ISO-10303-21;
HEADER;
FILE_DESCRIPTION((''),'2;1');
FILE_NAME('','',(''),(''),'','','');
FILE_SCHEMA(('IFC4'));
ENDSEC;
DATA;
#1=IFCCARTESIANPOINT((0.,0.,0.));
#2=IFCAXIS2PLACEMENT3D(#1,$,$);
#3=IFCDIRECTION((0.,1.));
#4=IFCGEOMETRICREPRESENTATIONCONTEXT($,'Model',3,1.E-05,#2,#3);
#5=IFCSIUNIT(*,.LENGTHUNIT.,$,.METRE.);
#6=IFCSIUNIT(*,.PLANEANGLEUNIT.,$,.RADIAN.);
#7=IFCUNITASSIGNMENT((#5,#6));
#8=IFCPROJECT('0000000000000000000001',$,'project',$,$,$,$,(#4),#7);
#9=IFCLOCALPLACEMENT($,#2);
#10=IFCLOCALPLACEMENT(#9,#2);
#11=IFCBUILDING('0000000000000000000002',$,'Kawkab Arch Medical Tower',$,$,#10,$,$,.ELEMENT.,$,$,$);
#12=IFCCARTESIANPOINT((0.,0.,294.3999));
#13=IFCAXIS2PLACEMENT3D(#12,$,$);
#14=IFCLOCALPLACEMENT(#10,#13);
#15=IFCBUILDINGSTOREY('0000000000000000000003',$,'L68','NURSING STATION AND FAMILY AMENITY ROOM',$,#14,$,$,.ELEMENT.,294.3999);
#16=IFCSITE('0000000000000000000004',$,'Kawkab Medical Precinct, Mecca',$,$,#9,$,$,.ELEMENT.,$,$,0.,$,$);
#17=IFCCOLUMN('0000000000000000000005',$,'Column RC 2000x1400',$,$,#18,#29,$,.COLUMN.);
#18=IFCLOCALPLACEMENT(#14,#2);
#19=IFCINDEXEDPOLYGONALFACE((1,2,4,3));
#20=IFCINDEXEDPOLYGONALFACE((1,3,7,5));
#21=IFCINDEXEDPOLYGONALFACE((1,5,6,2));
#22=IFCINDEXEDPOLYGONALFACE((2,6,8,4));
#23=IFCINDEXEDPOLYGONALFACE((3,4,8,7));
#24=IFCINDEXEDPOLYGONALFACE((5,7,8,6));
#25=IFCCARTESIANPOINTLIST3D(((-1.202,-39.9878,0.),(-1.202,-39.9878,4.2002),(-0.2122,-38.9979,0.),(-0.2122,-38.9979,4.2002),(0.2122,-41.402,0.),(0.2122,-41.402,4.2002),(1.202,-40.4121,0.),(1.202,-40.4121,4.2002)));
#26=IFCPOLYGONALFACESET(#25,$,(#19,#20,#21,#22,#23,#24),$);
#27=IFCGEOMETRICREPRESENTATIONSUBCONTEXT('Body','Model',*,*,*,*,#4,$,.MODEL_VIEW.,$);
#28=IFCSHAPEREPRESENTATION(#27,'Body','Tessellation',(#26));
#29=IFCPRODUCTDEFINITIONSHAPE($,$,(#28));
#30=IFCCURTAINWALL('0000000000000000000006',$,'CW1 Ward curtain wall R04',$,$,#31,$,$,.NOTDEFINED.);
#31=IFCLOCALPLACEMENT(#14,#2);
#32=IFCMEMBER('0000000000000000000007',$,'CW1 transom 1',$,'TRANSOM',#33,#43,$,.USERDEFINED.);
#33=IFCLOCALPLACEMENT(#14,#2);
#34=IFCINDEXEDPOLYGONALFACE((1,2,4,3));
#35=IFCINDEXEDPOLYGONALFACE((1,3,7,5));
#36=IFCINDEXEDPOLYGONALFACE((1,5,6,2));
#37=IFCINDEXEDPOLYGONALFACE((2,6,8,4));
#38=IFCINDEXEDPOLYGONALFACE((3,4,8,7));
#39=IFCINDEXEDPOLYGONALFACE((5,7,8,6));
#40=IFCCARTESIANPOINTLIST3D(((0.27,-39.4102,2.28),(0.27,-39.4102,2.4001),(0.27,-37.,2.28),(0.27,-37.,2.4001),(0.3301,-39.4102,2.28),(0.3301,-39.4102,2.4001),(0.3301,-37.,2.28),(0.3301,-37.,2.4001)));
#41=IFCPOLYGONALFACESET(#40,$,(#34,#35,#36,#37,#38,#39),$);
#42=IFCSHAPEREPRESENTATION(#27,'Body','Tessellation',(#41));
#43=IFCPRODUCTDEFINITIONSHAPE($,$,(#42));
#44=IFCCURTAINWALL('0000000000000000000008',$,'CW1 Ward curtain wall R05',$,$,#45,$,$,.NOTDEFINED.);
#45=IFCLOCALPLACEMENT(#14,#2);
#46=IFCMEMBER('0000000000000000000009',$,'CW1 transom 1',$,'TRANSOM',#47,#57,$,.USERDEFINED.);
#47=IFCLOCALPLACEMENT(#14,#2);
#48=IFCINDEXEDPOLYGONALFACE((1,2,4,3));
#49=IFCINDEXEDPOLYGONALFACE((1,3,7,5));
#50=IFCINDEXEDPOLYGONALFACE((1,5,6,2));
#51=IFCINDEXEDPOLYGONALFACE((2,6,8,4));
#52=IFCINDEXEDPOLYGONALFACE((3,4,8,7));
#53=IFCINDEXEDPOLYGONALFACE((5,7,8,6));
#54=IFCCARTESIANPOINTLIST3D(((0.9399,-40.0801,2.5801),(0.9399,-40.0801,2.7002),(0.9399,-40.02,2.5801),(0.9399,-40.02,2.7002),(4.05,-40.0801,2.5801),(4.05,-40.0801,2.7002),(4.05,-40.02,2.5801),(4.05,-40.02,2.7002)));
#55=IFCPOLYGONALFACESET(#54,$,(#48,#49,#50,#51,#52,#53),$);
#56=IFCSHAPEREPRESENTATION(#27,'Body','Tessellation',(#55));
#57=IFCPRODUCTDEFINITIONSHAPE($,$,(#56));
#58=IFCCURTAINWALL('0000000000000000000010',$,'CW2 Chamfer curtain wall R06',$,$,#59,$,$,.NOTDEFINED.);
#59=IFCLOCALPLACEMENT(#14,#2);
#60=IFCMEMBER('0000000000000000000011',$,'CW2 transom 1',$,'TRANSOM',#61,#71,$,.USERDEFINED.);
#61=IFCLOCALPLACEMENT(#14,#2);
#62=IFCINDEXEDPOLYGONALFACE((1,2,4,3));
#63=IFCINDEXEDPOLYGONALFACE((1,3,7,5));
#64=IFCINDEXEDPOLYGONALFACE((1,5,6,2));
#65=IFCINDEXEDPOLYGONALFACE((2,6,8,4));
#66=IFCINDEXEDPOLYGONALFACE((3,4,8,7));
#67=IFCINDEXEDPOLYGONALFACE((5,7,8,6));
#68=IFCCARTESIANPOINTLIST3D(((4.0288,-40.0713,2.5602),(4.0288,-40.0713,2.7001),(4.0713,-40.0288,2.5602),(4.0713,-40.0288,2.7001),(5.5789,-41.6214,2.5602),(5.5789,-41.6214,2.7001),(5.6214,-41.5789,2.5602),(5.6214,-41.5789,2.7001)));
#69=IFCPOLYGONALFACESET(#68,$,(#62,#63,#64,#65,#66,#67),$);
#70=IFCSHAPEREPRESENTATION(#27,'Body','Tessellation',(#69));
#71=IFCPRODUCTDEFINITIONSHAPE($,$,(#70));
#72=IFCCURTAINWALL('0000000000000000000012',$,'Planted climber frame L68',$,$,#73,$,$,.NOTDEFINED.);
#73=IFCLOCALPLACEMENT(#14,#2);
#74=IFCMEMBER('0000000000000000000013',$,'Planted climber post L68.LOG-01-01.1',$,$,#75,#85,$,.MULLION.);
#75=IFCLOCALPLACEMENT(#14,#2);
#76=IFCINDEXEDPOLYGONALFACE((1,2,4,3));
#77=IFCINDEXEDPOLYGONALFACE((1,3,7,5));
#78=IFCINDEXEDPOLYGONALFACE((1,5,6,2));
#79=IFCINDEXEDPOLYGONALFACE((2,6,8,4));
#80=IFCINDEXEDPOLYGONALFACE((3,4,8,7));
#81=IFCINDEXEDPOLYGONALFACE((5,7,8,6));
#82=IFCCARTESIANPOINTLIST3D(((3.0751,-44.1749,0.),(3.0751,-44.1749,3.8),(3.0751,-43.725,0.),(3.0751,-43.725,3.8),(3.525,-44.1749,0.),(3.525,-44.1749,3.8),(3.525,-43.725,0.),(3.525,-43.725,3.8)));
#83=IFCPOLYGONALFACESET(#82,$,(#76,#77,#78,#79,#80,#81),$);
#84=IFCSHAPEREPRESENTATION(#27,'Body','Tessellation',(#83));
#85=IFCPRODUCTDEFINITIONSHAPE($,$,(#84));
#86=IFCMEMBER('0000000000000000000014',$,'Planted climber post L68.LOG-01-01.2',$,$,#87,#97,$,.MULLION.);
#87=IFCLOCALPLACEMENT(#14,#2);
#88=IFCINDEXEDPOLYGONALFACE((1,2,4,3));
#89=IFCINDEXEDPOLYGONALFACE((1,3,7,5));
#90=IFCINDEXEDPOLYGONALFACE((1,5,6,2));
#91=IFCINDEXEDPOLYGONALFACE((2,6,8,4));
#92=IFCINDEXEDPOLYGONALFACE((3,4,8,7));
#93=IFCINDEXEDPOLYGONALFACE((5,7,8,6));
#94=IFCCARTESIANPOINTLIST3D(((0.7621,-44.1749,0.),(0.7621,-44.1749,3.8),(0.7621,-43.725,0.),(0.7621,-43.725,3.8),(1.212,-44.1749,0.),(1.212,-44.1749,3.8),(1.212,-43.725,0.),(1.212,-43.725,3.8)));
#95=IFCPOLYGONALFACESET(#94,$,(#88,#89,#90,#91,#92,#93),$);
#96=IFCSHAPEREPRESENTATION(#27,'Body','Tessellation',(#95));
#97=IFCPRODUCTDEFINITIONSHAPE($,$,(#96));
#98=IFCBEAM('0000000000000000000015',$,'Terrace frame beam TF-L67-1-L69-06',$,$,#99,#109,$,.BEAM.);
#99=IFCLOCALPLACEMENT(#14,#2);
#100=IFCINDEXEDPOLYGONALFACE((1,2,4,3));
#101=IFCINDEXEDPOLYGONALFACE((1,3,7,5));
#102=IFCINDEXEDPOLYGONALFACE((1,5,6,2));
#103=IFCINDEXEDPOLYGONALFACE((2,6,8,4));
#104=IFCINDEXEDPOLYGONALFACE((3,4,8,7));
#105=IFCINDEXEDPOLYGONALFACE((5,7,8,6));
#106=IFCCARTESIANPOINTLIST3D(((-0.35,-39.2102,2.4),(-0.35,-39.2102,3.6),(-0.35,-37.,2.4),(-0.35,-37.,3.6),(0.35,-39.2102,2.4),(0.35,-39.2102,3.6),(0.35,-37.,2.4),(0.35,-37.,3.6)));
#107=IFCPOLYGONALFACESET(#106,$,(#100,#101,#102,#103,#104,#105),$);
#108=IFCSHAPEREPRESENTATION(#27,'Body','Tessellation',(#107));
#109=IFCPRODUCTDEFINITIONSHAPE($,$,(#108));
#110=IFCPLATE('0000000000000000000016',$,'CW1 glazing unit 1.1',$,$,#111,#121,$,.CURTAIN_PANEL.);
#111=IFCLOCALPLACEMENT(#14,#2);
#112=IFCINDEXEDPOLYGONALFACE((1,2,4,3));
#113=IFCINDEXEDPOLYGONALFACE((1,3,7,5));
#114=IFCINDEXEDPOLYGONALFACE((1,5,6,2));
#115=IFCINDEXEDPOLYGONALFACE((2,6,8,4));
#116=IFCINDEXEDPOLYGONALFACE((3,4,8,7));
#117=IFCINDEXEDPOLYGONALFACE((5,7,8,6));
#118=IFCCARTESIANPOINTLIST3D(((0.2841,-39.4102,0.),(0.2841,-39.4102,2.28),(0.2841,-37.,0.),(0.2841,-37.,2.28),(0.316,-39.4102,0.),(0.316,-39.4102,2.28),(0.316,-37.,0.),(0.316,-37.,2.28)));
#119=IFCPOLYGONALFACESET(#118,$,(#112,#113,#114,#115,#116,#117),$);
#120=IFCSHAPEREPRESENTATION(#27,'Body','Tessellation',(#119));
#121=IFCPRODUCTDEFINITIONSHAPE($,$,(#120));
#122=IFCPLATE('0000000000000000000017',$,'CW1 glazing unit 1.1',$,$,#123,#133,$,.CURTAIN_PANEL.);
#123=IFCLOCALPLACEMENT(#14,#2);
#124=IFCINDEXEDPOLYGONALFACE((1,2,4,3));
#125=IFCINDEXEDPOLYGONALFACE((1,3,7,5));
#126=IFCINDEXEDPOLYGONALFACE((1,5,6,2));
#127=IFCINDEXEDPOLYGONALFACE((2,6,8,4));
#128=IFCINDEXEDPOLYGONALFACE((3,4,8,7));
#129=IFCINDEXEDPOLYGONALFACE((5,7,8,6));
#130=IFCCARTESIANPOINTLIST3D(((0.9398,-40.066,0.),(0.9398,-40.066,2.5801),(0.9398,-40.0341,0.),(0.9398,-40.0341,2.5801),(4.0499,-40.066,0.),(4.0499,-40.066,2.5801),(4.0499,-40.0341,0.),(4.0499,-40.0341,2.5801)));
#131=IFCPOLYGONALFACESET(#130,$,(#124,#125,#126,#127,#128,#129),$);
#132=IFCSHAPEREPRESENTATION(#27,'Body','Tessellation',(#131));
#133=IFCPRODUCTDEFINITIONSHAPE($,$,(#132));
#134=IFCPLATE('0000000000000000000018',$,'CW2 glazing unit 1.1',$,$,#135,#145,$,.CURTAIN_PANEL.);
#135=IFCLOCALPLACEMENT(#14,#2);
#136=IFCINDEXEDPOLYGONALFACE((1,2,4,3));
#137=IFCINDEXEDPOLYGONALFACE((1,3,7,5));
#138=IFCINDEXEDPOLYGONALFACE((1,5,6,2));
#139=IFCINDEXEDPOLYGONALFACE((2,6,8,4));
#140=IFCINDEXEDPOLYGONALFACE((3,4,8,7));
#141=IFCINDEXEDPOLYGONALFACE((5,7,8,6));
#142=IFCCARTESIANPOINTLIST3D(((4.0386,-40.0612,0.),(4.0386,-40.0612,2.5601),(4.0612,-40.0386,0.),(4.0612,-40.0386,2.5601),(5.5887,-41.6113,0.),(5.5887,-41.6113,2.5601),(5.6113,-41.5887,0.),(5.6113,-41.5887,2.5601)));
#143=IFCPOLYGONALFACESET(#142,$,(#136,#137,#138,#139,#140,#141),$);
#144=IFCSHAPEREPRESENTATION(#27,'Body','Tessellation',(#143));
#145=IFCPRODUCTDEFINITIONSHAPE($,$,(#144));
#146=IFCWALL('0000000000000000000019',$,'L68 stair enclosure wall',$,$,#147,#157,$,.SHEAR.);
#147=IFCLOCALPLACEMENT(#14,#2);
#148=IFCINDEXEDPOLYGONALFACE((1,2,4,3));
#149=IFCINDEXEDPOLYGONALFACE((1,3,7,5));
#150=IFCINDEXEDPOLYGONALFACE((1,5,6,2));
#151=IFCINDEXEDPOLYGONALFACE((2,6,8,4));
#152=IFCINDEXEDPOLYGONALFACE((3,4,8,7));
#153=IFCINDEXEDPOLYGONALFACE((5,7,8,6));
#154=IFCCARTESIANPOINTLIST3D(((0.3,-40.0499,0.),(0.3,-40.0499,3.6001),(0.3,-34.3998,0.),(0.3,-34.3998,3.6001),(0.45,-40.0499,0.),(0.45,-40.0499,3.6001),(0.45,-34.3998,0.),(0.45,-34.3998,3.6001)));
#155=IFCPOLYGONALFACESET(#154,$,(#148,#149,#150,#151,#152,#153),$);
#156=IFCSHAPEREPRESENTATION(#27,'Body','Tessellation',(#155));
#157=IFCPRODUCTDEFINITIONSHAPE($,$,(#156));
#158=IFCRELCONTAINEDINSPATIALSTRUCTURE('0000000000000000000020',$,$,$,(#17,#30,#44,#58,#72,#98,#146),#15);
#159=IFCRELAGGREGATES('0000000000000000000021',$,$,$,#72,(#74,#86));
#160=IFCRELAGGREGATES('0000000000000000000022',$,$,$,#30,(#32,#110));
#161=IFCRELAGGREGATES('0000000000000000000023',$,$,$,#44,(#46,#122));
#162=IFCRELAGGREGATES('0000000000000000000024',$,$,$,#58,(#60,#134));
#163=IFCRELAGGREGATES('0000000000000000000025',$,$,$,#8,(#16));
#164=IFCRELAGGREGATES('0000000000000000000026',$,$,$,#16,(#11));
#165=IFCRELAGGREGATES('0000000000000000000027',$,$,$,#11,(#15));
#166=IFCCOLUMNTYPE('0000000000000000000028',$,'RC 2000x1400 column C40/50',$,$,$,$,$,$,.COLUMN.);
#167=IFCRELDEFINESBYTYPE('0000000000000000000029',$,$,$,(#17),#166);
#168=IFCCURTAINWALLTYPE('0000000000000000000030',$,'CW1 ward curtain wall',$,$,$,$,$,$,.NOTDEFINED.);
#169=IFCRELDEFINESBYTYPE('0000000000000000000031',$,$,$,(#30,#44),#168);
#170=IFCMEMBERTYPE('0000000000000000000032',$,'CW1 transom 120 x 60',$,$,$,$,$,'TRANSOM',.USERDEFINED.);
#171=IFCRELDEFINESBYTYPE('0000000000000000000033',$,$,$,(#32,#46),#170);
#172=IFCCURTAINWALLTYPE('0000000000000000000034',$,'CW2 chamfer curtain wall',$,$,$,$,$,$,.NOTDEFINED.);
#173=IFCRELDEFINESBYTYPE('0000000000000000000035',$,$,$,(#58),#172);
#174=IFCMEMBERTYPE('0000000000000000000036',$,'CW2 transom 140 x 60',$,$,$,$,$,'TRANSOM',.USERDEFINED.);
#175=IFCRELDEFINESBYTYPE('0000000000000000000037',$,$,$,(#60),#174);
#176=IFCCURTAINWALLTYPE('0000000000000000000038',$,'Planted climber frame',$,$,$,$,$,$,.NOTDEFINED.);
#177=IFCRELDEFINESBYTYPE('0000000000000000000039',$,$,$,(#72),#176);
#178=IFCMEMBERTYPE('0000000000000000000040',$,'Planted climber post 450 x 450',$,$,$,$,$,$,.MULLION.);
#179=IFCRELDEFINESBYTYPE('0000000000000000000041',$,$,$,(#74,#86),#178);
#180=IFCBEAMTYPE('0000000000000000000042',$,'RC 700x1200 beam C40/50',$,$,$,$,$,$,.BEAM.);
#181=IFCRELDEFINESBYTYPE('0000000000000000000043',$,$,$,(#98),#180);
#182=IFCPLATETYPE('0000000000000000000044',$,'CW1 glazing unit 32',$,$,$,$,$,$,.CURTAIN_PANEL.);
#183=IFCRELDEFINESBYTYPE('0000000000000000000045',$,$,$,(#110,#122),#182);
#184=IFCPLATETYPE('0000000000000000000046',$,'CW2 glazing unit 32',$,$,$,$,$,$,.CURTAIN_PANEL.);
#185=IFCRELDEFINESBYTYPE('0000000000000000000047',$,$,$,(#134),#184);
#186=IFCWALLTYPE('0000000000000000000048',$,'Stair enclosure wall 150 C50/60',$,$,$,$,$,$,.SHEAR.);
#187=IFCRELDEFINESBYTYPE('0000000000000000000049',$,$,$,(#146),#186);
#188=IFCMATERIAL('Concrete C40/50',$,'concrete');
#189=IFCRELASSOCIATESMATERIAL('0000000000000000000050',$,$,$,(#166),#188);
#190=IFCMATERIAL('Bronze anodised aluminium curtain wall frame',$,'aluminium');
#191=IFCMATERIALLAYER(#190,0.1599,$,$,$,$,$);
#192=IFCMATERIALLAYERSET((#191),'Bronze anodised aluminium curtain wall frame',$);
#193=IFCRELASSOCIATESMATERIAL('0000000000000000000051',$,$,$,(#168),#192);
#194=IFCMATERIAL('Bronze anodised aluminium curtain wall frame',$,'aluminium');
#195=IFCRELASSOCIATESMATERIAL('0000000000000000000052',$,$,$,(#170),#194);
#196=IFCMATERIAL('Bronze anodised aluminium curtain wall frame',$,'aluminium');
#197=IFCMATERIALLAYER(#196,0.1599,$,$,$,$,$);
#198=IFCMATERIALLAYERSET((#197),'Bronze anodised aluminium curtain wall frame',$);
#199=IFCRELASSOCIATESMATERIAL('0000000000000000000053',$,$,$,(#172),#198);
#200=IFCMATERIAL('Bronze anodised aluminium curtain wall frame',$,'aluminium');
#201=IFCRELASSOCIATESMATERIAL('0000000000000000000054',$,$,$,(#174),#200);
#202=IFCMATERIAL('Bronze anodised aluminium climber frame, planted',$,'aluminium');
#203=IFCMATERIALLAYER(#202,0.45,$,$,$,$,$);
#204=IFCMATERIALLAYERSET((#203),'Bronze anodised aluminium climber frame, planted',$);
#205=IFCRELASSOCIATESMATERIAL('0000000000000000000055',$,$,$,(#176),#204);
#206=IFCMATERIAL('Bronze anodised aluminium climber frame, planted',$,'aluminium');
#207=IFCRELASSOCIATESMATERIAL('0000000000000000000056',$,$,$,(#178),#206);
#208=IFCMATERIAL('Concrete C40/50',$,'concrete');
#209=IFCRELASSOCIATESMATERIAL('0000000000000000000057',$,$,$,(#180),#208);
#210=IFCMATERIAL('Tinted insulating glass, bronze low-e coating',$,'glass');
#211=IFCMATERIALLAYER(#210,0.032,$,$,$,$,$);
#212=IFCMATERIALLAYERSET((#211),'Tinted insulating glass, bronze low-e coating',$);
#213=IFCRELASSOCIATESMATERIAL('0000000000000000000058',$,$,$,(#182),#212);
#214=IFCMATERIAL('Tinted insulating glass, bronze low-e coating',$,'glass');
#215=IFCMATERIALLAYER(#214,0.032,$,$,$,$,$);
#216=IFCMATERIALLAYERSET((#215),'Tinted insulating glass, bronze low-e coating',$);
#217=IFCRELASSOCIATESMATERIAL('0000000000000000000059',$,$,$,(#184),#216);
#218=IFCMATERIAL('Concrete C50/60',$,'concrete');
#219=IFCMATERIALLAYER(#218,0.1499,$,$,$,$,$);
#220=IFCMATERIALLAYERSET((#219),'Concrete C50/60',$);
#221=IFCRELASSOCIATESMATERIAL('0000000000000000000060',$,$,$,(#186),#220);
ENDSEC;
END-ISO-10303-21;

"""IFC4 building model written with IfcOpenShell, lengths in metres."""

from ifc_helpers import new_model, si_unit, direction, frame, frame_2d, origin, origin_2d, place, context, subcontext, project, spatial, rectangle, extrude, material, layer, layer_set, material_profile, profile_set, type_object, element, aggregate, save


model = new_model("IFC4")

# Units and contexts
model_context = context("Model", 3, precision=1e-05, world=origin(), true_north=direction((0.0, 1.0)))
body_context = subcontext(model_context, "Body", "Model", "MODEL_VIEW")
ifc_project = project(units=[si_unit("LENGTHUNIT", "METRE"), si_unit("PLANEANGLEUNIT", "RADIAN")], contexts=[model_context])

# Site, building, storey
site_placement = place(None, origin())
site = spatial("IfcSite", under=ifc_project, at=site_placement, Name="Kawkab Medical Precinct, Mecca", CompositionType="ELEMENT", RefElevation=0.0)
building_placement = place(site_placement, origin())
building = spatial("IfcBuilding", under=site, at=building_placement, Name="Kawkab Arch Medical Tower", CompositionType="ELEMENT")
storey_placement = place(building_placement, frame((0.0, 0.0, 294.3999)))
storey = spatial("IfcBuildingStorey", under=building, at=storey_placement, Name="L68", Description="NURSING STATION AND FAMILY AMENITY ROOM", CompositionType="ELEMENT", Elevation=294.3999)

# Column
ifc_material_1 = material(Name="Concrete C40/50", Category="concrete")
ifc_material_profile_1 = material_profile(ifc_material_1, rectangle(XDim=2.0, YDim=1.3999, at=origin_2d()), Name="RC 2000x1400")
ifc_profile_set_1 = profile_set([ifc_material_profile_1], Name="Concrete C40/50")
column_type = type_object("IfcColumnType", Name="RC 2000x1400 column C40/50", PredefinedType="COLUMN", material=ifc_profile_set_1)
column_placement = place(storey_placement, frame((0.0, -40.2, 0.0), z_axis=(0.0, 0.0, 1.0), x_axis=(-0.707107, 0.707107, 0.0)))
element("IfcColumn", 1, at=column_placement, inside=storey, type_object=column_type, Name="Column RC 2000x1400", PredefinedType="COLUMN", context=body_context, shape_type="SweptSolid", body=[
    extrude(rectangle(XDim=2.0, YDim=1.3999, at=origin_2d()), origin(), (0.0, 0.0, 1.0), 4.2002),
])

# Curtain walls, members
ifc_material_2 = material(Name="Bronze anodised aluminium curtain wall frame", Category="aluminium")
ifc_layer_1 = layer(ifc_material_2, 0.1599)
ifc_layer_set_1 = layer_set([ifc_layer_1], Name="Bronze anodised aluminium curtain wall frame")
curtain_wall_type_1 = type_object("IfcCurtainWallType", Name="CW1 ward curtain wall", PredefinedType="NOTDEFINED", material=ifc_layer_set_1)
placement = place(storey_placement, origin())
curtain_wall_1 = element("IfcCurtainWall", 2, at=placement, inside=storey, type_object=curtain_wall_type_1, Name="CW1 Ward curtain wall R04", PredefinedType="NOTDEFINED")
ifc_material_3 = material(Name="Bronze anodised aluminium curtain wall frame", Category="aluminium")
ifc_material_profile_2 = material_profile(ifc_material_3, rectangle(XDim=0.0601, YDim=0.1201, at=origin_2d()), Name="AL 60x120")
ifc_profile_set_2 = profile_set([ifc_material_profile_2], Name="Bronze anodised aluminium curtain wall frame")
member_type_1 = type_object("IfcMemberType", Name="CW1 transom 120 x 60", ElementType="TRANSOM", PredefinedType="USERDEFINED", material=ifc_profile_set_2)
member_1_placement = place(storey_placement, frame((0.3, -37.0, 2.3401), z_axis=(0.0, -1.0, 0.0), x_axis=(1.0, 0.0, 0.0)))
member_1 = element("IfcMember", 3, at=member_1_placement, type_object=member_type_1, Name="CW1 transom 1", ObjectType="TRANSOM", PredefinedType="USERDEFINED", context=body_context, shape_type="SweptSolid", body=[
    extrude(rectangle(XDim=0.0601, YDim=0.1201, at=origin_2d()), origin(), (0.0, 0.0, 1.0), 2.4102),
])
curtain_wall_2 = element("IfcCurtainWall", 4, at=placement, inside=storey, type_object=curtain_wall_type_1, Name="CW1 Ward curtain wall R05", PredefinedType="NOTDEFINED")
member_2_placement = place(storey_placement, frame((0.9399, -40.05, 2.6401), z_axis=(1.0, 0.0, 0.0), x_axis=(0.0, 1.0, 0.0)))
member_2 = element("IfcMember", 5, at=member_2_placement, type_object=member_type_1, Name="CW1 transom 1", ObjectType="TRANSOM", PredefinedType="USERDEFINED", context=body_context, shape_type="SweptSolid", body=[
    extrude(rectangle(XDim=0.0601, YDim=0.1201, at=origin_2d()), origin(), (0.0, 0.0, 1.0), 3.1101),
])
ifc_material_4 = material(Name="Bronze anodised aluminium curtain wall frame", Category="aluminium")
ifc_layer_2 = layer(ifc_material_4, 0.1599)
ifc_layer_set_2 = layer_set([ifc_layer_2], Name="Bronze anodised aluminium curtain wall frame")
curtain_wall_type_2 = type_object("IfcCurtainWallType", Name="CW2 chamfer curtain wall", PredefinedType="NOTDEFINED", material=ifc_layer_set_2)
curtain_wall_3 = element("IfcCurtainWall", 6, at=placement, inside=storey, type_object=curtain_wall_type_2, Name="CW2 Chamfer curtain wall R06", PredefinedType="NOTDEFINED")
ifc_material_5 = material(Name="Bronze anodised aluminium curtain wall frame", Category="aluminium")
ifc_material_profile_3 = material_profile(ifc_material_5, rectangle(XDim=0.0601, YDim=0.1399, at=origin_2d()), Name="AL 60x140")
ifc_profile_set_3 = profile_set([ifc_material_profile_3], Name="Bronze anodised aluminium curtain wall frame")
member_type_2 = type_object("IfcMemberType", Name="CW2 transom 140 x 60", ElementType="TRANSOM", PredefinedType="USERDEFINED", material=ifc_profile_set_3)
member_3_placement = place(storey_placement, frame((4.05, -40.05, 2.6301), z_axis=(0.707107, -0.707107, 0.0), x_axis=(0.707107, 0.707107, 0.0)))
member_3 = element("IfcMember", 7, at=member_3_placement, type_object=member_type_2, Name="CW2 transom 1", ObjectType="TRANSOM", PredefinedType="USERDEFINED", context=body_context, shape_type="SweptSolid", body=[
    extrude(rectangle(XDim=0.0601, YDim=0.1399, at=origin_2d()), origin(), (0.0, 0.0, 1.0), 2.1921),
])

# Curtain wall, members
ifc_material_6 = material(Name="Bronze anodised aluminium climber frame, planted", Category="aluminium")
ifc_layer_3 = layer(ifc_material_6, 0.45)
ifc_layer_set_3 = layer_set([ifc_layer_3], Name="Bronze anodised aluminium climber frame, planted")
curtain_wall_type_3 = type_object("IfcCurtainWallType", Name="Planted climber frame", PredefinedType="NOTDEFINED", material=ifc_layer_set_3)
curtain_wall_4 = element("IfcCurtainWall", 8, at=placement, inside=storey, type_object=curtain_wall_type_3, Name="Planted climber frame L68", PredefinedType="NOTDEFINED")
ifc_material_7 = material(Name="Bronze anodised aluminium climber frame, planted", Category="aluminium")
ifc_material_profile_4 = material_profile(ifc_material_7, rectangle(XDim=0.45, YDim=0.45, at=origin_2d()), Name="Post 450x450")
ifc_profile_set_4 = profile_set([ifc_material_profile_4], Name="Bronze anodised aluminium climber frame, planted")
member_type_3 = type_object("IfcMemberType", Name="Planted climber post 450 x 450", PredefinedType="MULLION", material=ifc_profile_set_4)
member_4_placement = place(storey_placement, frame((3.3, -43.95, 0.0), z_axis=(0.0, 0.0, 1.0), x_axis=(1.0, 0.0, 0.0)))
member_4 = element("IfcMember", 9, at=member_4_placement, type_object=member_type_3, Name="Planted climber post L68.LOG-01-01.1", PredefinedType="MULLION", context=body_context, shape_type="SweptSolid", body=[
    extrude(rectangle(XDim=0.45, YDim=0.45, at=origin_2d()), origin(), (0.0, 0.0, 1.0), 3.8),
])
member_5_placement = place(storey_placement, frame((0.9871, -43.95, 0.0), z_axis=(0.0, 0.0, 1.0), x_axis=(1.0, 0.0, 0.0)))
member_5 = element("IfcMember", 10, at=member_5_placement, type_object=member_type_3, Name="Planted climber post L68.LOG-01-01.2", PredefinedType="MULLION", context=body_context, shape_type="SweptSolid", body=[
    extrude(rectangle(XDim=0.45, YDim=0.45, at=origin_2d()), origin(), (0.0, 0.0, 1.0), 3.8),
])
aggregate(curtain_wall_4, [member_4, member_5])

# Beam
ifc_material_8 = material(Name="Concrete C40/50", Category="concrete")
ifc_material_profile_5 = material_profile(ifc_material_8, rectangle(XDim=0.7, YDim=1.2, at=origin_2d()), Name="RC 700x1200")
ifc_profile_set_5 = profile_set([ifc_material_profile_5], Name="Concrete C40/50")
beam_type = type_object("IfcBeamType", Name="RC 700x1200 beam C40/50", PredefinedType="BEAM", material=ifc_profile_set_5)
beam_placement = place(storey_placement, frame((0.0, -39.2102, 3.0), z_axis=(0.0, 1.0, 0.0), x_axis=(-1.0, 0.0, 0.0)))
element("IfcBeam", 11, at=beam_placement, inside=storey, type_object=beam_type, Name="Terrace frame beam TF-L67-1-L69-06", PredefinedType="BEAM", context=body_context, shape_type="SweptSolid", body=[
    extrude(rectangle(XDim=0.7, YDim=1.2, at=origin_2d()), origin(), (0.0, 0.0, 1.0), 2.2102),
])

# Plates
ifc_material_9 = material(Name="Tinted insulating glass, bronze low-e coating", Category="glass")
ifc_layer_4 = layer(ifc_material_9, 0.032)
ifc_layer_set_4 = layer_set([ifc_layer_4], Name="Tinted insulating glass, bronze low-e coating")
plate_type_1 = type_object("IfcPlateType", Name="CW1 glazing unit 32", PredefinedType="CURTAIN_PANEL", material=ifc_layer_set_4)
plate_1_placement = place(storey_placement, frame((0.3, -38.2051, 0.0), z_axis=(0.0, 0.0, 1.0), x_axis=(0.0, -1.0, 0.0)))
plate_1 = element("IfcPlate", 12, at=plate_1_placement, type_object=plate_type_1, Name="CW1 glazing unit 1.1", PredefinedType="CURTAIN_PANEL", context=body_context, shape_type="SweptSolid", body=[
    extrude(rectangle(XDim=2.4102, YDim=0.032, at=origin_2d()), origin(), (0.0, 0.0, 1.0), 2.28),
])
aggregate(curtain_wall_1, [member_1, plate_1])
plate_2_placement = place(storey_placement, frame((2.4949, -40.05, 0.0), z_axis=(0.0, 0.0, 1.0), x_axis=(1.0, 0.0, 0.0)))
plate_2 = element("IfcPlate", 13, at=plate_2_placement, type_object=plate_type_1, Name="CW1 glazing unit 1.1", PredefinedType="CURTAIN_PANEL", context=body_context, shape_type="SweptSolid", body=[
    extrude(rectangle(XDim=3.1101, YDim=0.032, at=origin_2d()), origin(), (0.0, 0.0, 1.0), 2.5801),
])
aggregate(curtain_wall_2, [member_2, plate_2])
ifc_material_10 = material(Name="Tinted insulating glass, bronze low-e coating", Category="glass")
ifc_layer_5 = layer(ifc_material_10, 0.032)
ifc_layer_set_5 = layer_set([ifc_layer_5], Name="Tinted insulating glass, bronze low-e coating")
plate_type_2 = type_object("IfcPlateType", Name="CW2 glazing unit 32", PredefinedType="CURTAIN_PANEL", material=ifc_layer_set_5)
plate_3_placement = place(storey_placement, frame((4.825, -40.825, 0.0), z_axis=(0.0, 0.0, 1.0), x_axis=(0.707107, -0.707107, 0.0)))
plate_3 = element("IfcPlate", 14, at=plate_3_placement, type_object=plate_type_2, Name="CW2 glazing unit 1.1", PredefinedType="CURTAIN_PANEL", context=body_context, shape_type="SweptSolid", body=[
    extrude(rectangle(XDim=2.1921, YDim=0.032, at=origin_2d()), origin(), (0.0, 0.0, 1.0), 2.5601),
])
aggregate(curtain_wall_3, [member_3, plate_3])

# Wall
ifc_material_11 = material(Name="Concrete C50/60", Category="concrete")
ifc_layer_6 = layer(ifc_material_11, 0.1499)
ifc_layer_set_6 = layer_set([ifc_layer_6], Name="Concrete C50/60")
wall_type_1 = type_object("IfcWallType", Name="Stair enclosure wall 150 C50/60", PredefinedType="SHEAR", material=ifc_layer_set_6)
wall_1_placement = place(storey_placement, frame((0.375, -40.05, 0.0), z_axis=(0.0, 0.0, 1.0), x_axis=(0.0, 1.0, 0.0)))
element("IfcWall", 15, at=wall_1_placement, inside=storey, type_object=wall_type_1, Name="L68 stair enclosure wall", PredefinedType="SHEAR", context=body_context, shape_type="SweptSolid", body=[
    extrude(rectangle(XDim=5.6501, YDim=0.1499, at=frame_2d((2.8252, 0.0))), origin(), (0.0, 0.0, 1.0), 3.6001),
])

save(model, "model.ifc")
